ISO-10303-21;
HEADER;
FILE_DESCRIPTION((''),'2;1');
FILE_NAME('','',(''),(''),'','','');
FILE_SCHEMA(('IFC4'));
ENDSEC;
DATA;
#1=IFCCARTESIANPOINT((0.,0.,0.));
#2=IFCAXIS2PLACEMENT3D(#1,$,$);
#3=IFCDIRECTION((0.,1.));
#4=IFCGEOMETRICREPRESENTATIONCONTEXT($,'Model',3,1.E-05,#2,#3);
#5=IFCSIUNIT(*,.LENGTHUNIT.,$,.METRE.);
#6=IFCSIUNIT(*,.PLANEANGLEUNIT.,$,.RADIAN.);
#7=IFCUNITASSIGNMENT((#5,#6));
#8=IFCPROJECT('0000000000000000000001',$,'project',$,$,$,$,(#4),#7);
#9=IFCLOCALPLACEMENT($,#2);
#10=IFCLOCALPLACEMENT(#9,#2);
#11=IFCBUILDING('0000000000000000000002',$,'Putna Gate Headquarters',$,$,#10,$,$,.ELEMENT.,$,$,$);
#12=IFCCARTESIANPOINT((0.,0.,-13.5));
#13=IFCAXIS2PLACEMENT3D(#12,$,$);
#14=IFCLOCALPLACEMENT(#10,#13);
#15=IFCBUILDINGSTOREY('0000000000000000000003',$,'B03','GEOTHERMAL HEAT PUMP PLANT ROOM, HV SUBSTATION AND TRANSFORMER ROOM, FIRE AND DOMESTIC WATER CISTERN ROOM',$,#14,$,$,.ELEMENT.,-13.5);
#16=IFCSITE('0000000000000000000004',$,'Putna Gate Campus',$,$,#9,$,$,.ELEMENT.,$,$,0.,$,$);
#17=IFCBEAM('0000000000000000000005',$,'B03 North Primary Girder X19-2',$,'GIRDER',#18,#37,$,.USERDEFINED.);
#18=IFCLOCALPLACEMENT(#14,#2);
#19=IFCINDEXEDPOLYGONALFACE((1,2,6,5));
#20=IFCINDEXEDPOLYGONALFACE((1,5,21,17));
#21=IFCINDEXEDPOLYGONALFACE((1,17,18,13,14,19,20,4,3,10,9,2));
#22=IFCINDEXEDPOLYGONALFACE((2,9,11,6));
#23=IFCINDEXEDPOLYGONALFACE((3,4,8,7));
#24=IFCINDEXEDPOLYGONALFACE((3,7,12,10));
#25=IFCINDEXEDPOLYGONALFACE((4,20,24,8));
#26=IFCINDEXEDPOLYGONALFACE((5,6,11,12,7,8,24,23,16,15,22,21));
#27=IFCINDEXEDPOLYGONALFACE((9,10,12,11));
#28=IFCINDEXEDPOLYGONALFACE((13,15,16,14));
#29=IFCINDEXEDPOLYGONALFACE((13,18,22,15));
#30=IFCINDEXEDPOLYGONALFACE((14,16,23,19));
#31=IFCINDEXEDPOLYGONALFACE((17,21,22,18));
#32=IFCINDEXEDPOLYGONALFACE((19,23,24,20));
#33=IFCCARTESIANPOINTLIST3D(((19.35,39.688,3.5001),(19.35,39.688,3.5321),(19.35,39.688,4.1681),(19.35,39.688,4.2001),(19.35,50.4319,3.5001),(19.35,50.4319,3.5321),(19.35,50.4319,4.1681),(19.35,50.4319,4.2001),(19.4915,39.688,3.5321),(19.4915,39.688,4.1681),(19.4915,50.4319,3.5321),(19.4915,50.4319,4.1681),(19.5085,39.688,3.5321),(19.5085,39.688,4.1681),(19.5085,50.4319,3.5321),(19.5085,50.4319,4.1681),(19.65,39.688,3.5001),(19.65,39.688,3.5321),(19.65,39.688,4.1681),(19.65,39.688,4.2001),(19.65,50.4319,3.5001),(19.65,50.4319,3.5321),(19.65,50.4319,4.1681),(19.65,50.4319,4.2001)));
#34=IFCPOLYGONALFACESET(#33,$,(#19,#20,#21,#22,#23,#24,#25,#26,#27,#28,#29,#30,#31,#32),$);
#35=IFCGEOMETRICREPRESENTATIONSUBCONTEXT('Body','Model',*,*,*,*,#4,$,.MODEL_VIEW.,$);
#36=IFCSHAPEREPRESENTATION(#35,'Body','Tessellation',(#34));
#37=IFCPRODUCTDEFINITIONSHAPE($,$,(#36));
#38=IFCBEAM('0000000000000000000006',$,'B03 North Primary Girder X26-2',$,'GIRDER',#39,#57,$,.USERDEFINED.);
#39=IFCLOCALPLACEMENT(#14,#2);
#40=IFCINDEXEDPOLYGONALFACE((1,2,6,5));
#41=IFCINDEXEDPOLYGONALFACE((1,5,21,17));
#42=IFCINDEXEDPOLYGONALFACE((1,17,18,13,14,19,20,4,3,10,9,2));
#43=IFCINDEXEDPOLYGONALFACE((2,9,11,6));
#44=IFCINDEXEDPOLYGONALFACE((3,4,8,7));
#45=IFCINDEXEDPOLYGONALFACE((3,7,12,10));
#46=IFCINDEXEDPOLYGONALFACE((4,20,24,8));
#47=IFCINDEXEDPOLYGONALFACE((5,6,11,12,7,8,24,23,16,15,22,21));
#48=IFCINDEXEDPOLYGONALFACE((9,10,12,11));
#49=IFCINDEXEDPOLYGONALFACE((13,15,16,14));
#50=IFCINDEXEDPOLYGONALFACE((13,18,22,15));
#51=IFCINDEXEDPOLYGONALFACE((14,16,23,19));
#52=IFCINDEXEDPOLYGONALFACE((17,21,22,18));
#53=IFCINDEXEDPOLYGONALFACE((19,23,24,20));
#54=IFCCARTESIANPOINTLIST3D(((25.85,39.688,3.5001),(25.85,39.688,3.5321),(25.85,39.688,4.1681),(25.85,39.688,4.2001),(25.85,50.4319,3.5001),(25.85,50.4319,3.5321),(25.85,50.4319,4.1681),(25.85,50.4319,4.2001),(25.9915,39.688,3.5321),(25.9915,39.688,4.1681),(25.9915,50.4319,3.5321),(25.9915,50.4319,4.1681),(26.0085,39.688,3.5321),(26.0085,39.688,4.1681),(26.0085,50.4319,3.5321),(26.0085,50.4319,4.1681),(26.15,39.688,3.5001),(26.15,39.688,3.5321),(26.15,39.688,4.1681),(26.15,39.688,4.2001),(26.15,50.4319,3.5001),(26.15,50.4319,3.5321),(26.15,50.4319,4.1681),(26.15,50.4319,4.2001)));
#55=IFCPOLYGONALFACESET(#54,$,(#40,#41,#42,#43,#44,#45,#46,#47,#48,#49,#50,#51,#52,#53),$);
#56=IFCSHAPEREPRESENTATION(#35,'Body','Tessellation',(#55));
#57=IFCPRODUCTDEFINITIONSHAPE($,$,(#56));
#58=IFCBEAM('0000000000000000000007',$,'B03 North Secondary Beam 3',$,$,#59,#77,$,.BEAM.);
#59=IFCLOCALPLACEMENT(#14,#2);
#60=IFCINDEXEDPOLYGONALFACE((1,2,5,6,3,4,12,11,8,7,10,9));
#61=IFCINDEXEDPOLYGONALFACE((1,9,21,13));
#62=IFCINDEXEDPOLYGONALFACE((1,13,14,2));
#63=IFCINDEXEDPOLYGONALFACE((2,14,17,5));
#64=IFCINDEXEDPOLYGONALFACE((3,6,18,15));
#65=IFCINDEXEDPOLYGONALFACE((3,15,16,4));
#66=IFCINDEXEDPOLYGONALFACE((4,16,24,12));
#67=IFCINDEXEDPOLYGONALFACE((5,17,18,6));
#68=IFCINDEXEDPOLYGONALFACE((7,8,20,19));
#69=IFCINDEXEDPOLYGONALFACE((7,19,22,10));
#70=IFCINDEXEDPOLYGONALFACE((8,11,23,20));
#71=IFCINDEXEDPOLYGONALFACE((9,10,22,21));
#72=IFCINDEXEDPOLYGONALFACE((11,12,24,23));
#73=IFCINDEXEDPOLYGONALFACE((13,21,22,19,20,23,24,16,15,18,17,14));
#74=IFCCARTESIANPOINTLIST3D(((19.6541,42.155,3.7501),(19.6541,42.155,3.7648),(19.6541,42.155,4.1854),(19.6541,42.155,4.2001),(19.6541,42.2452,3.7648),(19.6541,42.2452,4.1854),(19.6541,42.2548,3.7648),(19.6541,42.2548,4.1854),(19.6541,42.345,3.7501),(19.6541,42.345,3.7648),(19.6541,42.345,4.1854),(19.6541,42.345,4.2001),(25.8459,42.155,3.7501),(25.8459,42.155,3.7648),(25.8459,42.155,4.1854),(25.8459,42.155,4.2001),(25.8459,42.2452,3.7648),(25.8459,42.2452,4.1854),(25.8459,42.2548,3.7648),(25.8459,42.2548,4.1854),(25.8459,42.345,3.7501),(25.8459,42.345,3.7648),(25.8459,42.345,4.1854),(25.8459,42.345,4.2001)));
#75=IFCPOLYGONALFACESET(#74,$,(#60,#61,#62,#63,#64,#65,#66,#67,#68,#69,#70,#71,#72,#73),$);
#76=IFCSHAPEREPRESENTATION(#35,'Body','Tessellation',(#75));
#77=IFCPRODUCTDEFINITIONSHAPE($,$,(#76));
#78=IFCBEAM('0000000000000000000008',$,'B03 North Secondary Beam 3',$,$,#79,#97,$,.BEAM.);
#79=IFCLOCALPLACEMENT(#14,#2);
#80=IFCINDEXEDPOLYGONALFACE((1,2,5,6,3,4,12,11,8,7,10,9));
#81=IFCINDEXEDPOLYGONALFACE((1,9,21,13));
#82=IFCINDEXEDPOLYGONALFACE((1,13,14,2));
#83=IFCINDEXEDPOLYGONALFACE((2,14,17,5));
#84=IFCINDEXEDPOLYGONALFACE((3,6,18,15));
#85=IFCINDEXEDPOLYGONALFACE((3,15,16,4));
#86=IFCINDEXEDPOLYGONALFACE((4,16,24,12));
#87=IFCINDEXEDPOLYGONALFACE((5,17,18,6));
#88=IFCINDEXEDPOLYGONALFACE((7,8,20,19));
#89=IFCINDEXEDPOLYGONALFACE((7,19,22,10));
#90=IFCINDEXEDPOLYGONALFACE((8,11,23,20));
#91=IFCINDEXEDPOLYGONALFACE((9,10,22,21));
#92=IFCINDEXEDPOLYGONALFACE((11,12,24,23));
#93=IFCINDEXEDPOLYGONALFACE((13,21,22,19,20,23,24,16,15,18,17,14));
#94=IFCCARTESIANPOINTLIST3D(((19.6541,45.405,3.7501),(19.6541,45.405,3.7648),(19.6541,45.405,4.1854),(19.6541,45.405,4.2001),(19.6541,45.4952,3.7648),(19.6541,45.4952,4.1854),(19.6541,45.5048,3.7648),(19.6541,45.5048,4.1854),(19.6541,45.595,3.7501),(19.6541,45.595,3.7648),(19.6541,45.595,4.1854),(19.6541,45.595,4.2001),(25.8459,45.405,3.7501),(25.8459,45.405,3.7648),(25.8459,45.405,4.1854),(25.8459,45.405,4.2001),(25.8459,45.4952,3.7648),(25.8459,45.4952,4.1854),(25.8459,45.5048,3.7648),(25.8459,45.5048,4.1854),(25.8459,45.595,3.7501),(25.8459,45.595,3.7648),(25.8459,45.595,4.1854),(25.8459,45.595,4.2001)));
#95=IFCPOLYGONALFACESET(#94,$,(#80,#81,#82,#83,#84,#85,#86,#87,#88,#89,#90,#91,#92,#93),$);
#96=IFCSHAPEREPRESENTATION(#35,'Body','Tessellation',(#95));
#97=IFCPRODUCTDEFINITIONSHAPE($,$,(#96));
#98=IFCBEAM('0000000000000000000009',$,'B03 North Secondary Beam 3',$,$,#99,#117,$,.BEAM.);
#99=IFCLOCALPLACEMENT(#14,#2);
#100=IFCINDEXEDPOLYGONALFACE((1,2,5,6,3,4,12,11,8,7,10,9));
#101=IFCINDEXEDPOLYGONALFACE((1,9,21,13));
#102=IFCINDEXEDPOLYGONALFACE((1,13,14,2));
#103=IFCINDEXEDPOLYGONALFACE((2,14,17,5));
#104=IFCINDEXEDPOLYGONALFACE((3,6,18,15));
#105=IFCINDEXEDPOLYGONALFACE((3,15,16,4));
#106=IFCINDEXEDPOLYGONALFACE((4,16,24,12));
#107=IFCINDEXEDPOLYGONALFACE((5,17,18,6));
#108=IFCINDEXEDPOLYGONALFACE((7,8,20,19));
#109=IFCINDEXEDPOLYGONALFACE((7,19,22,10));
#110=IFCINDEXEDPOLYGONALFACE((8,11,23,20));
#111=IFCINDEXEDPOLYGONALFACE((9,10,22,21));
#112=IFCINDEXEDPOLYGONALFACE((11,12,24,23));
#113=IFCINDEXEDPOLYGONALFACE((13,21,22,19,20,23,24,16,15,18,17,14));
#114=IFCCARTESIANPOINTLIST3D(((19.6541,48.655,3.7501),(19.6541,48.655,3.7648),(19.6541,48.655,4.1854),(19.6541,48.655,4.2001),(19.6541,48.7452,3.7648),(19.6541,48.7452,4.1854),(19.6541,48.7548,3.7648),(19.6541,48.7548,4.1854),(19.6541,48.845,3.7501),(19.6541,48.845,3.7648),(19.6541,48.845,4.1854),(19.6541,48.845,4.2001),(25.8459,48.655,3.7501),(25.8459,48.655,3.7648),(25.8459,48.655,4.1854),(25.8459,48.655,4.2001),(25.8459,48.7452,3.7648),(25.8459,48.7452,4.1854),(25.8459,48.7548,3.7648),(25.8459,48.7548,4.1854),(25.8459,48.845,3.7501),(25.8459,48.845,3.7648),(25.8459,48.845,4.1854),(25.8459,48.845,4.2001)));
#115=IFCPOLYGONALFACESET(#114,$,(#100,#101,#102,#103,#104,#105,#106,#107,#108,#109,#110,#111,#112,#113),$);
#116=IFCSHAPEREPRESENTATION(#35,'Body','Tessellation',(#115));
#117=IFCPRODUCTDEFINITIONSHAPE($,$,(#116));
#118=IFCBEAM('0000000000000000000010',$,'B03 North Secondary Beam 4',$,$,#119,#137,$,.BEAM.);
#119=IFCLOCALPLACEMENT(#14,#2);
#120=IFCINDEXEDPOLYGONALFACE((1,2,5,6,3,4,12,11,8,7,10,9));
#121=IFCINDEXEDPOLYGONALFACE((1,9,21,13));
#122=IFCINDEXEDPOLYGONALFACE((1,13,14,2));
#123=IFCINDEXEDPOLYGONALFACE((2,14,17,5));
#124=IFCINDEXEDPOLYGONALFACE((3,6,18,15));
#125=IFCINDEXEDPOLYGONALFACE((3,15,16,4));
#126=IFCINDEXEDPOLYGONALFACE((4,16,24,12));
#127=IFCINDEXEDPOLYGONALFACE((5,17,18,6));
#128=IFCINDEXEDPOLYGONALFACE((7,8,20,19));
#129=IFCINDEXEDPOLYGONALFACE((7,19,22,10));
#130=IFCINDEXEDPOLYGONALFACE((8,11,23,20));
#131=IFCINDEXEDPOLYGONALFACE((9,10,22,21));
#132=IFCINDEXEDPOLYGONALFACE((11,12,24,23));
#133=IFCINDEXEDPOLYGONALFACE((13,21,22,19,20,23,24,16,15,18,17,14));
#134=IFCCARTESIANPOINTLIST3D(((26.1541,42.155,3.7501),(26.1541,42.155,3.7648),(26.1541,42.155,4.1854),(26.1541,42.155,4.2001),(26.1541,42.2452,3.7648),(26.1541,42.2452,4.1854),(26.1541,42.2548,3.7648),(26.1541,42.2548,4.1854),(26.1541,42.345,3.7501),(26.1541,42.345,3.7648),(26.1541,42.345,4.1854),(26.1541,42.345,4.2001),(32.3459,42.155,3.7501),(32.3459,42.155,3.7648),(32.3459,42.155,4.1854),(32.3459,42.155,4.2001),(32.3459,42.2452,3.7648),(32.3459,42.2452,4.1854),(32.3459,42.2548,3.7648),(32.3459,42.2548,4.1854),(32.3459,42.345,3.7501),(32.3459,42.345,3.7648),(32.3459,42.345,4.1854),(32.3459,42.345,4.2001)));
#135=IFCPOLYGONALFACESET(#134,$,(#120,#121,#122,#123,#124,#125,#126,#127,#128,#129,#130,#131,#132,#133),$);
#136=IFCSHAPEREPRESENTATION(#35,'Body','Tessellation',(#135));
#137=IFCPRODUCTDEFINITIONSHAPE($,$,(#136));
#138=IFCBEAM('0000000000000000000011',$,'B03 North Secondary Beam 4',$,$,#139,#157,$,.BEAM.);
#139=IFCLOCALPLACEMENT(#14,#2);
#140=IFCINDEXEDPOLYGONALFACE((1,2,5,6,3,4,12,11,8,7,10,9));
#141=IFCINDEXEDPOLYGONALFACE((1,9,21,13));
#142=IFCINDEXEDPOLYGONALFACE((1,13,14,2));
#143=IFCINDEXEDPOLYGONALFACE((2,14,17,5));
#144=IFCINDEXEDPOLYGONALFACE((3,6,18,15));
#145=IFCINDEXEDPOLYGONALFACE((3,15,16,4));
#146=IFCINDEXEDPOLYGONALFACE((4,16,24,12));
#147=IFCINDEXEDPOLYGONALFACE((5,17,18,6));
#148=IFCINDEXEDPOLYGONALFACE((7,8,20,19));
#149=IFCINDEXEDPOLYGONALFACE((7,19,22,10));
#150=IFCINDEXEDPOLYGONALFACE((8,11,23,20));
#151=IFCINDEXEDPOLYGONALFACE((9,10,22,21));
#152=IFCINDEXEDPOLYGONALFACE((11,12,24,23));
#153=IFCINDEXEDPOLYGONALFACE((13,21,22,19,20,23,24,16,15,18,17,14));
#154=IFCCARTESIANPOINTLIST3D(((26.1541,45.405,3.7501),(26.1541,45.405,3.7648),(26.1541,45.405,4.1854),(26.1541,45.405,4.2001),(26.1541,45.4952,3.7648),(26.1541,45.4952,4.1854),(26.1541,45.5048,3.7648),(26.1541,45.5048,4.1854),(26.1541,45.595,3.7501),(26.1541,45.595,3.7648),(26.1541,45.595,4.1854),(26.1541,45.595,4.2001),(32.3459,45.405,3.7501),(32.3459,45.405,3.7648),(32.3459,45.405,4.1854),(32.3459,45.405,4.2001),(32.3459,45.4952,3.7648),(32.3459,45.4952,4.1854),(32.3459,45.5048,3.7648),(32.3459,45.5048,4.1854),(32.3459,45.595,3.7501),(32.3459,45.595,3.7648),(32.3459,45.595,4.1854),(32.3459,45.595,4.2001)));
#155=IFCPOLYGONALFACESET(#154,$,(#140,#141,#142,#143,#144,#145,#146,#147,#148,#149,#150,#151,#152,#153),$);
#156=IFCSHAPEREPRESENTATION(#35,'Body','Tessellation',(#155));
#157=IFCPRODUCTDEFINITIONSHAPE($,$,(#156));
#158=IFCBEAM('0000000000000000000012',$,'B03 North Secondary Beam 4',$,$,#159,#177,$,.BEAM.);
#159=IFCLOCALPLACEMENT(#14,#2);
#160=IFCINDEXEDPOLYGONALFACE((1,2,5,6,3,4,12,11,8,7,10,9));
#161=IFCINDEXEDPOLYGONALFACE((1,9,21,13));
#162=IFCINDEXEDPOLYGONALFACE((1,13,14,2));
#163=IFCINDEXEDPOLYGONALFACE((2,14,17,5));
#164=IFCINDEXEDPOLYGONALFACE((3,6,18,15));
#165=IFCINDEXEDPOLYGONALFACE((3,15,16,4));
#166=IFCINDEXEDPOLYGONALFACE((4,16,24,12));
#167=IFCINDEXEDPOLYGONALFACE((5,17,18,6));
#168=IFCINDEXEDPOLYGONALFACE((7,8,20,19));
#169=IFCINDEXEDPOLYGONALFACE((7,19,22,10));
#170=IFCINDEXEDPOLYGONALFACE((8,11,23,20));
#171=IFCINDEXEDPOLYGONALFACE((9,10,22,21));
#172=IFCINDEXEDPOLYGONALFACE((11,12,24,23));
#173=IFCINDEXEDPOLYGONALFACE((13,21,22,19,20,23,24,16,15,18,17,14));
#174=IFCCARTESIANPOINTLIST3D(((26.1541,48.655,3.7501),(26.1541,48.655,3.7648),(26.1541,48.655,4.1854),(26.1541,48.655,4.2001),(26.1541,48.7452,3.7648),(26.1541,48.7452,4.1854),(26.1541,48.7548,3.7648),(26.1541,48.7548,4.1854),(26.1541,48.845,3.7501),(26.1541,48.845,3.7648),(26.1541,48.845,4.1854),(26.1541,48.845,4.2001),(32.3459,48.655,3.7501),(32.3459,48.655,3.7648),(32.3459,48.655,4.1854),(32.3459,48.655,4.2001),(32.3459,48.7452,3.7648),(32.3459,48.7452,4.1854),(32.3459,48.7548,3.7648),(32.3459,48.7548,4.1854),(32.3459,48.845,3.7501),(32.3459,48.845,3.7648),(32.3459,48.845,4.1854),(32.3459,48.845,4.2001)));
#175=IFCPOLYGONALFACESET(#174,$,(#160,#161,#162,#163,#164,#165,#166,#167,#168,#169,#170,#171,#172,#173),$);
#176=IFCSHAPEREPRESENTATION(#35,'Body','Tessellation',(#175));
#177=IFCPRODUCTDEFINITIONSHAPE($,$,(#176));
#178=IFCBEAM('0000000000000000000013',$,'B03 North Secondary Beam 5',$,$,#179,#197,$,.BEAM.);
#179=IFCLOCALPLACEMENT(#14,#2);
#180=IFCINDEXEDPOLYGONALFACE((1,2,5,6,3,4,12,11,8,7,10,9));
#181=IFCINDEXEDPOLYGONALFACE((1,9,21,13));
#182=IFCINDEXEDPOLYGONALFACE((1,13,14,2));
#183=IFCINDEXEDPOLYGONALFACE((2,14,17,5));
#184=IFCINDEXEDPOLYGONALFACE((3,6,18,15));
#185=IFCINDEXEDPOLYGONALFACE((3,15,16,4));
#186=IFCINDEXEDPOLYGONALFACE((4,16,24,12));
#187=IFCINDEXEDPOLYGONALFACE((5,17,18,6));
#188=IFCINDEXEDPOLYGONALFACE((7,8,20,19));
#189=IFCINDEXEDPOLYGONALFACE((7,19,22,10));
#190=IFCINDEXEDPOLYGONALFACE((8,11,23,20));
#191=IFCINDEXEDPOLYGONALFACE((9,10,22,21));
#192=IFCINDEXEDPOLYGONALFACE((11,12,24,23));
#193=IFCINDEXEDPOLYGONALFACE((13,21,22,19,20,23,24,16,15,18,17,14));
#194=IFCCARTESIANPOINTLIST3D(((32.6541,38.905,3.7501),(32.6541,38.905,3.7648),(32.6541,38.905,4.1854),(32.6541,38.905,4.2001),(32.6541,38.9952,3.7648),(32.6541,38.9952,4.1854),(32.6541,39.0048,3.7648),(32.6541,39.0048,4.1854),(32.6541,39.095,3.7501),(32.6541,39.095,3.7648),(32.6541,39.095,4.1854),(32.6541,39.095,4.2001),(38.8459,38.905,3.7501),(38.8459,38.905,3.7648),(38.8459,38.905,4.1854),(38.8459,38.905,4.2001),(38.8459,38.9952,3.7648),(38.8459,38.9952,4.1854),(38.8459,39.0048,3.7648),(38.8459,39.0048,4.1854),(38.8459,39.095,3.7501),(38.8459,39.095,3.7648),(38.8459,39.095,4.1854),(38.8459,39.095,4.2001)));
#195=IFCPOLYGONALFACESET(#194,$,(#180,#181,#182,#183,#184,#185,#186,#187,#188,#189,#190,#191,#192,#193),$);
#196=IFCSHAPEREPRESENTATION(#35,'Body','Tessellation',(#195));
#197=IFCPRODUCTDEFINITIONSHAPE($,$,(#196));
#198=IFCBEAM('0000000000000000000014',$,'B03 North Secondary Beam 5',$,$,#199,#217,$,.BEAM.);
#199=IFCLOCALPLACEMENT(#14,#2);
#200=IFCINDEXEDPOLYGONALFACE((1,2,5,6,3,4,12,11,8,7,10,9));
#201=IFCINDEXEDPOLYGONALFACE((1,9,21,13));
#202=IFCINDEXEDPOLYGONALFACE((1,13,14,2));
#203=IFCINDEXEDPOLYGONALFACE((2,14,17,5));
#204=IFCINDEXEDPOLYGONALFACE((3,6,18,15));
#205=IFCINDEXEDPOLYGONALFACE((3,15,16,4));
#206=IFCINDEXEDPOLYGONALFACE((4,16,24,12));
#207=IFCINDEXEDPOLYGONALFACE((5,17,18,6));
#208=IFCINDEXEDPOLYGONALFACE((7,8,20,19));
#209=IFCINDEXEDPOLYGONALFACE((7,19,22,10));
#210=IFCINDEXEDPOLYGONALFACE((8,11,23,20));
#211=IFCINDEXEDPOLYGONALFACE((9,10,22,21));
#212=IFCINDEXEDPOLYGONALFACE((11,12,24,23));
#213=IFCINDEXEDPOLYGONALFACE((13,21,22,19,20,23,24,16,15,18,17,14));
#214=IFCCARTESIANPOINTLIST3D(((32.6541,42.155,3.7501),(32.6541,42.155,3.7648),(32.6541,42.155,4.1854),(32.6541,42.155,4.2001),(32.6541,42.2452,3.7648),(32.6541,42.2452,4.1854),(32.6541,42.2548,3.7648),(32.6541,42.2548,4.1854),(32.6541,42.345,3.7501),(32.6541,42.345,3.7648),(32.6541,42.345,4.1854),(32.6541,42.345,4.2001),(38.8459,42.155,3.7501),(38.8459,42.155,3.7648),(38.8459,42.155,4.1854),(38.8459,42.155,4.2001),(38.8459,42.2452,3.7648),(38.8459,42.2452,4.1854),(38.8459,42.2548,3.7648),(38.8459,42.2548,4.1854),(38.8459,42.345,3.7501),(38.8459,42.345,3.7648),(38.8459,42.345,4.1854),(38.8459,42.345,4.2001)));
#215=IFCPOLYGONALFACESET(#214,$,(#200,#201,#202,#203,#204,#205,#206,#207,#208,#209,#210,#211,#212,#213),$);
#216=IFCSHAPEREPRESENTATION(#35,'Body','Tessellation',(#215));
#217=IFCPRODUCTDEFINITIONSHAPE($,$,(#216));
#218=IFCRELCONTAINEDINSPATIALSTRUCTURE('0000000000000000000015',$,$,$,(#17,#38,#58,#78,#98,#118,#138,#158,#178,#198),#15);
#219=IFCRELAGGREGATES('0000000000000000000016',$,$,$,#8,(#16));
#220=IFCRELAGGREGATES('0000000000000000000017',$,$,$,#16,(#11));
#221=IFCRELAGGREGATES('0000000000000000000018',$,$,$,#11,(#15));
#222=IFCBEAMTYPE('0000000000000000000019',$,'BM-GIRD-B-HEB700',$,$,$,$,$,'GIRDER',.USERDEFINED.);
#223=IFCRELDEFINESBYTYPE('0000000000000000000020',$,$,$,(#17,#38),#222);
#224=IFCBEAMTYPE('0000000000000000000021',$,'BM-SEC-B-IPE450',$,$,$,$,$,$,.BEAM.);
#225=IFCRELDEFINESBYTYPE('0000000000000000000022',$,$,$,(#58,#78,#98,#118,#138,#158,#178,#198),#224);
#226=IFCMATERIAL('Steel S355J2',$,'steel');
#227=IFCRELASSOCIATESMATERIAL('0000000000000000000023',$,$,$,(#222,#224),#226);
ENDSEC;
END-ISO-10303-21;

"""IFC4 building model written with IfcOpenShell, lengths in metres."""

from ifc_helpers import new_model, si_unit, direction, frame, origin, origin_2d, place, context, subcontext, project, spatial, i_section, extrude, material, material_profile, profile_set, type_object, element, save


model = new_model("IFC4")

# Units and contexts
model_context = context("Model", 3, precision=1e-05, world=origin(), true_north=direction((0.0, 1.0)))
body_context = subcontext(model_context, "Body", "Model", "MODEL_VIEW")
ifc_project = project(units=[si_unit("LENGTHUNIT", "METRE"), si_unit("PLANEANGLEUNIT", "RADIAN")], contexts=[model_context])

# Site, building, storey
site_placement = place(None, origin())
site = spatial("IfcSite", under=ifc_project, at=site_placement, Name="Putna Gate Campus", CompositionType="ELEMENT", RefElevation=0.0)
building_placement = place(site_placement, origin())
building = spatial("IfcBuilding", under=site, at=building_placement, Name="Putna Gate Headquarters", CompositionType="ELEMENT")
storey_placement = place(building_placement, frame((0.0, 0.0, -13.5)))
storey = spatial("IfcBuildingStorey", under=building, at=storey_placement, Name="B03", Description="GEOTHERMAL HEAT PUMP PLANT ROOM, HV SUBSTATION AND TRANSFORMER ROOM, FIRE AND DOMESTIC WATER CISTERN ROOM", CompositionType="ELEMENT", Elevation=-13.5)

# Beams
ifc_material_1 = material(Name="Steel S355J2", Category="steel")
ifc_material_profile_1 = material_profile(ifc_material_1, i_section(OverallWidth=0.3, OverallDepth=0.7, WebThickness=0.0171, FlangeThickness=0.032, at=origin_2d()), Name="Steel S355J2")
ifc_profile_set_1 = profile_set([ifc_material_profile_1], Name="Steel S355J2")
beam_type_1 = type_object("IfcBeamType", Name="BM-GIRD-B-HEB700", ElementType="GIRDER", PredefinedType="USERDEFINED", material=ifc_profile_set_1)
for number, where, z_axis, x_axis, name in (
    (1, (19.5, 39.688, 3.8501), (0.0, 1.0, 0.0), (-1.0, 0.0, 0.0), "B03 North Primary Girder X19-2"),
    (2, (26.0, 39.688, 3.8501), (0.0, 1.0, 0.0), (-1.0, 0.0, 0.0), "B03 North Primary Girder X26-2"),
):
    element("IfcBeam", number, at=place(storey_placement, frame(where, z_axis=z_axis, x_axis=x_axis)), inside=storey, type_object=beam_type_1, Name=name, ObjectType="GIRDER", PredefinedType="USERDEFINED", context=body_context, shape_type="SweptSolid", body=[
        extrude(i_section(OverallWidth=0.3, OverallDepth=0.7, WebThickness=0.0171, FlangeThickness=0.032, at=origin_2d()), origin(), (0.0, 0.0, 1.0), 10.7439),
    ])
ifc_material_profile_2 = material_profile(ifc_material_1, i_section(OverallWidth=0.1899, OverallDepth=0.45, WebThickness=0.0095, FlangeThickness=0.0146, at=origin_2d()), Name="Steel S355J2")
ifc_profile_set_2 = profile_set([ifc_material_profile_2], Name="Steel S355J2")
beam_type_2 = type_object("IfcBeamType", Name="BM-SEC-B-IPE450", PredefinedType="BEAM", material=ifc_profile_set_2)
for number, where, z_axis, x_axis, name in (
    (3, (19.6541, 42.25, 3.9751), (1.0, 0.0, 0.0), (0.0, 1.0, 0.0), "B03 North Secondary Beam 3"),
    (4, (19.6541, 45.5, 3.9751), (1.0, 0.0, 0.0), (0.0, 1.0, 0.0), "B03 North Secondary Beam 3"),
    (5, (19.6541, 48.75, 3.9751), (1.0, 0.0, 0.0), (0.0, 1.0, 0.0), "B03 North Secondary Beam 3"),
    (6, (26.1541, 42.25, 3.9751), (1.0, 0.0, 0.0), (0.0, 1.0, 0.0), "B03 North Secondary Beam 4"),
    (7, (26.1541, 45.5, 3.9751), (1.0, 0.0, 0.0), (0.0, 1.0, 0.0), "B03 North Secondary Beam 4"),
    (8, (26.1541, 48.75, 3.9751), (1.0, 0.0, 0.0), (0.0, 1.0, 0.0), "B03 North Secondary Beam 4"),
    (9, (32.6541, 39.0, 3.9751), (1.0, 0.0, 0.0), (0.0, 1.0, 0.0), "B03 North Secondary Beam 5"),
    (10, (32.6541, 42.25, 3.9751), (1.0, 0.0, 0.0), (0.0, 1.0, 0.0), "B03 North Secondary Beam 5"),
):
    element("IfcBeam", number, at=place(storey_placement, frame(where, z_axis=z_axis, x_axis=x_axis)), inside=storey, type_object=beam_type_2, Name=name, PredefinedType="BEAM", context=body_context, shape_type="SweptSolid", body=[
        extrude(i_section(OverallWidth=0.1899, OverallDepth=0.45, WebThickness=0.0095, FlangeThickness=0.0146, at=origin_2d()), origin(), (0.0, 0.0, 1.0), 6.1919),
    ])

save(model, "model.ifc")
